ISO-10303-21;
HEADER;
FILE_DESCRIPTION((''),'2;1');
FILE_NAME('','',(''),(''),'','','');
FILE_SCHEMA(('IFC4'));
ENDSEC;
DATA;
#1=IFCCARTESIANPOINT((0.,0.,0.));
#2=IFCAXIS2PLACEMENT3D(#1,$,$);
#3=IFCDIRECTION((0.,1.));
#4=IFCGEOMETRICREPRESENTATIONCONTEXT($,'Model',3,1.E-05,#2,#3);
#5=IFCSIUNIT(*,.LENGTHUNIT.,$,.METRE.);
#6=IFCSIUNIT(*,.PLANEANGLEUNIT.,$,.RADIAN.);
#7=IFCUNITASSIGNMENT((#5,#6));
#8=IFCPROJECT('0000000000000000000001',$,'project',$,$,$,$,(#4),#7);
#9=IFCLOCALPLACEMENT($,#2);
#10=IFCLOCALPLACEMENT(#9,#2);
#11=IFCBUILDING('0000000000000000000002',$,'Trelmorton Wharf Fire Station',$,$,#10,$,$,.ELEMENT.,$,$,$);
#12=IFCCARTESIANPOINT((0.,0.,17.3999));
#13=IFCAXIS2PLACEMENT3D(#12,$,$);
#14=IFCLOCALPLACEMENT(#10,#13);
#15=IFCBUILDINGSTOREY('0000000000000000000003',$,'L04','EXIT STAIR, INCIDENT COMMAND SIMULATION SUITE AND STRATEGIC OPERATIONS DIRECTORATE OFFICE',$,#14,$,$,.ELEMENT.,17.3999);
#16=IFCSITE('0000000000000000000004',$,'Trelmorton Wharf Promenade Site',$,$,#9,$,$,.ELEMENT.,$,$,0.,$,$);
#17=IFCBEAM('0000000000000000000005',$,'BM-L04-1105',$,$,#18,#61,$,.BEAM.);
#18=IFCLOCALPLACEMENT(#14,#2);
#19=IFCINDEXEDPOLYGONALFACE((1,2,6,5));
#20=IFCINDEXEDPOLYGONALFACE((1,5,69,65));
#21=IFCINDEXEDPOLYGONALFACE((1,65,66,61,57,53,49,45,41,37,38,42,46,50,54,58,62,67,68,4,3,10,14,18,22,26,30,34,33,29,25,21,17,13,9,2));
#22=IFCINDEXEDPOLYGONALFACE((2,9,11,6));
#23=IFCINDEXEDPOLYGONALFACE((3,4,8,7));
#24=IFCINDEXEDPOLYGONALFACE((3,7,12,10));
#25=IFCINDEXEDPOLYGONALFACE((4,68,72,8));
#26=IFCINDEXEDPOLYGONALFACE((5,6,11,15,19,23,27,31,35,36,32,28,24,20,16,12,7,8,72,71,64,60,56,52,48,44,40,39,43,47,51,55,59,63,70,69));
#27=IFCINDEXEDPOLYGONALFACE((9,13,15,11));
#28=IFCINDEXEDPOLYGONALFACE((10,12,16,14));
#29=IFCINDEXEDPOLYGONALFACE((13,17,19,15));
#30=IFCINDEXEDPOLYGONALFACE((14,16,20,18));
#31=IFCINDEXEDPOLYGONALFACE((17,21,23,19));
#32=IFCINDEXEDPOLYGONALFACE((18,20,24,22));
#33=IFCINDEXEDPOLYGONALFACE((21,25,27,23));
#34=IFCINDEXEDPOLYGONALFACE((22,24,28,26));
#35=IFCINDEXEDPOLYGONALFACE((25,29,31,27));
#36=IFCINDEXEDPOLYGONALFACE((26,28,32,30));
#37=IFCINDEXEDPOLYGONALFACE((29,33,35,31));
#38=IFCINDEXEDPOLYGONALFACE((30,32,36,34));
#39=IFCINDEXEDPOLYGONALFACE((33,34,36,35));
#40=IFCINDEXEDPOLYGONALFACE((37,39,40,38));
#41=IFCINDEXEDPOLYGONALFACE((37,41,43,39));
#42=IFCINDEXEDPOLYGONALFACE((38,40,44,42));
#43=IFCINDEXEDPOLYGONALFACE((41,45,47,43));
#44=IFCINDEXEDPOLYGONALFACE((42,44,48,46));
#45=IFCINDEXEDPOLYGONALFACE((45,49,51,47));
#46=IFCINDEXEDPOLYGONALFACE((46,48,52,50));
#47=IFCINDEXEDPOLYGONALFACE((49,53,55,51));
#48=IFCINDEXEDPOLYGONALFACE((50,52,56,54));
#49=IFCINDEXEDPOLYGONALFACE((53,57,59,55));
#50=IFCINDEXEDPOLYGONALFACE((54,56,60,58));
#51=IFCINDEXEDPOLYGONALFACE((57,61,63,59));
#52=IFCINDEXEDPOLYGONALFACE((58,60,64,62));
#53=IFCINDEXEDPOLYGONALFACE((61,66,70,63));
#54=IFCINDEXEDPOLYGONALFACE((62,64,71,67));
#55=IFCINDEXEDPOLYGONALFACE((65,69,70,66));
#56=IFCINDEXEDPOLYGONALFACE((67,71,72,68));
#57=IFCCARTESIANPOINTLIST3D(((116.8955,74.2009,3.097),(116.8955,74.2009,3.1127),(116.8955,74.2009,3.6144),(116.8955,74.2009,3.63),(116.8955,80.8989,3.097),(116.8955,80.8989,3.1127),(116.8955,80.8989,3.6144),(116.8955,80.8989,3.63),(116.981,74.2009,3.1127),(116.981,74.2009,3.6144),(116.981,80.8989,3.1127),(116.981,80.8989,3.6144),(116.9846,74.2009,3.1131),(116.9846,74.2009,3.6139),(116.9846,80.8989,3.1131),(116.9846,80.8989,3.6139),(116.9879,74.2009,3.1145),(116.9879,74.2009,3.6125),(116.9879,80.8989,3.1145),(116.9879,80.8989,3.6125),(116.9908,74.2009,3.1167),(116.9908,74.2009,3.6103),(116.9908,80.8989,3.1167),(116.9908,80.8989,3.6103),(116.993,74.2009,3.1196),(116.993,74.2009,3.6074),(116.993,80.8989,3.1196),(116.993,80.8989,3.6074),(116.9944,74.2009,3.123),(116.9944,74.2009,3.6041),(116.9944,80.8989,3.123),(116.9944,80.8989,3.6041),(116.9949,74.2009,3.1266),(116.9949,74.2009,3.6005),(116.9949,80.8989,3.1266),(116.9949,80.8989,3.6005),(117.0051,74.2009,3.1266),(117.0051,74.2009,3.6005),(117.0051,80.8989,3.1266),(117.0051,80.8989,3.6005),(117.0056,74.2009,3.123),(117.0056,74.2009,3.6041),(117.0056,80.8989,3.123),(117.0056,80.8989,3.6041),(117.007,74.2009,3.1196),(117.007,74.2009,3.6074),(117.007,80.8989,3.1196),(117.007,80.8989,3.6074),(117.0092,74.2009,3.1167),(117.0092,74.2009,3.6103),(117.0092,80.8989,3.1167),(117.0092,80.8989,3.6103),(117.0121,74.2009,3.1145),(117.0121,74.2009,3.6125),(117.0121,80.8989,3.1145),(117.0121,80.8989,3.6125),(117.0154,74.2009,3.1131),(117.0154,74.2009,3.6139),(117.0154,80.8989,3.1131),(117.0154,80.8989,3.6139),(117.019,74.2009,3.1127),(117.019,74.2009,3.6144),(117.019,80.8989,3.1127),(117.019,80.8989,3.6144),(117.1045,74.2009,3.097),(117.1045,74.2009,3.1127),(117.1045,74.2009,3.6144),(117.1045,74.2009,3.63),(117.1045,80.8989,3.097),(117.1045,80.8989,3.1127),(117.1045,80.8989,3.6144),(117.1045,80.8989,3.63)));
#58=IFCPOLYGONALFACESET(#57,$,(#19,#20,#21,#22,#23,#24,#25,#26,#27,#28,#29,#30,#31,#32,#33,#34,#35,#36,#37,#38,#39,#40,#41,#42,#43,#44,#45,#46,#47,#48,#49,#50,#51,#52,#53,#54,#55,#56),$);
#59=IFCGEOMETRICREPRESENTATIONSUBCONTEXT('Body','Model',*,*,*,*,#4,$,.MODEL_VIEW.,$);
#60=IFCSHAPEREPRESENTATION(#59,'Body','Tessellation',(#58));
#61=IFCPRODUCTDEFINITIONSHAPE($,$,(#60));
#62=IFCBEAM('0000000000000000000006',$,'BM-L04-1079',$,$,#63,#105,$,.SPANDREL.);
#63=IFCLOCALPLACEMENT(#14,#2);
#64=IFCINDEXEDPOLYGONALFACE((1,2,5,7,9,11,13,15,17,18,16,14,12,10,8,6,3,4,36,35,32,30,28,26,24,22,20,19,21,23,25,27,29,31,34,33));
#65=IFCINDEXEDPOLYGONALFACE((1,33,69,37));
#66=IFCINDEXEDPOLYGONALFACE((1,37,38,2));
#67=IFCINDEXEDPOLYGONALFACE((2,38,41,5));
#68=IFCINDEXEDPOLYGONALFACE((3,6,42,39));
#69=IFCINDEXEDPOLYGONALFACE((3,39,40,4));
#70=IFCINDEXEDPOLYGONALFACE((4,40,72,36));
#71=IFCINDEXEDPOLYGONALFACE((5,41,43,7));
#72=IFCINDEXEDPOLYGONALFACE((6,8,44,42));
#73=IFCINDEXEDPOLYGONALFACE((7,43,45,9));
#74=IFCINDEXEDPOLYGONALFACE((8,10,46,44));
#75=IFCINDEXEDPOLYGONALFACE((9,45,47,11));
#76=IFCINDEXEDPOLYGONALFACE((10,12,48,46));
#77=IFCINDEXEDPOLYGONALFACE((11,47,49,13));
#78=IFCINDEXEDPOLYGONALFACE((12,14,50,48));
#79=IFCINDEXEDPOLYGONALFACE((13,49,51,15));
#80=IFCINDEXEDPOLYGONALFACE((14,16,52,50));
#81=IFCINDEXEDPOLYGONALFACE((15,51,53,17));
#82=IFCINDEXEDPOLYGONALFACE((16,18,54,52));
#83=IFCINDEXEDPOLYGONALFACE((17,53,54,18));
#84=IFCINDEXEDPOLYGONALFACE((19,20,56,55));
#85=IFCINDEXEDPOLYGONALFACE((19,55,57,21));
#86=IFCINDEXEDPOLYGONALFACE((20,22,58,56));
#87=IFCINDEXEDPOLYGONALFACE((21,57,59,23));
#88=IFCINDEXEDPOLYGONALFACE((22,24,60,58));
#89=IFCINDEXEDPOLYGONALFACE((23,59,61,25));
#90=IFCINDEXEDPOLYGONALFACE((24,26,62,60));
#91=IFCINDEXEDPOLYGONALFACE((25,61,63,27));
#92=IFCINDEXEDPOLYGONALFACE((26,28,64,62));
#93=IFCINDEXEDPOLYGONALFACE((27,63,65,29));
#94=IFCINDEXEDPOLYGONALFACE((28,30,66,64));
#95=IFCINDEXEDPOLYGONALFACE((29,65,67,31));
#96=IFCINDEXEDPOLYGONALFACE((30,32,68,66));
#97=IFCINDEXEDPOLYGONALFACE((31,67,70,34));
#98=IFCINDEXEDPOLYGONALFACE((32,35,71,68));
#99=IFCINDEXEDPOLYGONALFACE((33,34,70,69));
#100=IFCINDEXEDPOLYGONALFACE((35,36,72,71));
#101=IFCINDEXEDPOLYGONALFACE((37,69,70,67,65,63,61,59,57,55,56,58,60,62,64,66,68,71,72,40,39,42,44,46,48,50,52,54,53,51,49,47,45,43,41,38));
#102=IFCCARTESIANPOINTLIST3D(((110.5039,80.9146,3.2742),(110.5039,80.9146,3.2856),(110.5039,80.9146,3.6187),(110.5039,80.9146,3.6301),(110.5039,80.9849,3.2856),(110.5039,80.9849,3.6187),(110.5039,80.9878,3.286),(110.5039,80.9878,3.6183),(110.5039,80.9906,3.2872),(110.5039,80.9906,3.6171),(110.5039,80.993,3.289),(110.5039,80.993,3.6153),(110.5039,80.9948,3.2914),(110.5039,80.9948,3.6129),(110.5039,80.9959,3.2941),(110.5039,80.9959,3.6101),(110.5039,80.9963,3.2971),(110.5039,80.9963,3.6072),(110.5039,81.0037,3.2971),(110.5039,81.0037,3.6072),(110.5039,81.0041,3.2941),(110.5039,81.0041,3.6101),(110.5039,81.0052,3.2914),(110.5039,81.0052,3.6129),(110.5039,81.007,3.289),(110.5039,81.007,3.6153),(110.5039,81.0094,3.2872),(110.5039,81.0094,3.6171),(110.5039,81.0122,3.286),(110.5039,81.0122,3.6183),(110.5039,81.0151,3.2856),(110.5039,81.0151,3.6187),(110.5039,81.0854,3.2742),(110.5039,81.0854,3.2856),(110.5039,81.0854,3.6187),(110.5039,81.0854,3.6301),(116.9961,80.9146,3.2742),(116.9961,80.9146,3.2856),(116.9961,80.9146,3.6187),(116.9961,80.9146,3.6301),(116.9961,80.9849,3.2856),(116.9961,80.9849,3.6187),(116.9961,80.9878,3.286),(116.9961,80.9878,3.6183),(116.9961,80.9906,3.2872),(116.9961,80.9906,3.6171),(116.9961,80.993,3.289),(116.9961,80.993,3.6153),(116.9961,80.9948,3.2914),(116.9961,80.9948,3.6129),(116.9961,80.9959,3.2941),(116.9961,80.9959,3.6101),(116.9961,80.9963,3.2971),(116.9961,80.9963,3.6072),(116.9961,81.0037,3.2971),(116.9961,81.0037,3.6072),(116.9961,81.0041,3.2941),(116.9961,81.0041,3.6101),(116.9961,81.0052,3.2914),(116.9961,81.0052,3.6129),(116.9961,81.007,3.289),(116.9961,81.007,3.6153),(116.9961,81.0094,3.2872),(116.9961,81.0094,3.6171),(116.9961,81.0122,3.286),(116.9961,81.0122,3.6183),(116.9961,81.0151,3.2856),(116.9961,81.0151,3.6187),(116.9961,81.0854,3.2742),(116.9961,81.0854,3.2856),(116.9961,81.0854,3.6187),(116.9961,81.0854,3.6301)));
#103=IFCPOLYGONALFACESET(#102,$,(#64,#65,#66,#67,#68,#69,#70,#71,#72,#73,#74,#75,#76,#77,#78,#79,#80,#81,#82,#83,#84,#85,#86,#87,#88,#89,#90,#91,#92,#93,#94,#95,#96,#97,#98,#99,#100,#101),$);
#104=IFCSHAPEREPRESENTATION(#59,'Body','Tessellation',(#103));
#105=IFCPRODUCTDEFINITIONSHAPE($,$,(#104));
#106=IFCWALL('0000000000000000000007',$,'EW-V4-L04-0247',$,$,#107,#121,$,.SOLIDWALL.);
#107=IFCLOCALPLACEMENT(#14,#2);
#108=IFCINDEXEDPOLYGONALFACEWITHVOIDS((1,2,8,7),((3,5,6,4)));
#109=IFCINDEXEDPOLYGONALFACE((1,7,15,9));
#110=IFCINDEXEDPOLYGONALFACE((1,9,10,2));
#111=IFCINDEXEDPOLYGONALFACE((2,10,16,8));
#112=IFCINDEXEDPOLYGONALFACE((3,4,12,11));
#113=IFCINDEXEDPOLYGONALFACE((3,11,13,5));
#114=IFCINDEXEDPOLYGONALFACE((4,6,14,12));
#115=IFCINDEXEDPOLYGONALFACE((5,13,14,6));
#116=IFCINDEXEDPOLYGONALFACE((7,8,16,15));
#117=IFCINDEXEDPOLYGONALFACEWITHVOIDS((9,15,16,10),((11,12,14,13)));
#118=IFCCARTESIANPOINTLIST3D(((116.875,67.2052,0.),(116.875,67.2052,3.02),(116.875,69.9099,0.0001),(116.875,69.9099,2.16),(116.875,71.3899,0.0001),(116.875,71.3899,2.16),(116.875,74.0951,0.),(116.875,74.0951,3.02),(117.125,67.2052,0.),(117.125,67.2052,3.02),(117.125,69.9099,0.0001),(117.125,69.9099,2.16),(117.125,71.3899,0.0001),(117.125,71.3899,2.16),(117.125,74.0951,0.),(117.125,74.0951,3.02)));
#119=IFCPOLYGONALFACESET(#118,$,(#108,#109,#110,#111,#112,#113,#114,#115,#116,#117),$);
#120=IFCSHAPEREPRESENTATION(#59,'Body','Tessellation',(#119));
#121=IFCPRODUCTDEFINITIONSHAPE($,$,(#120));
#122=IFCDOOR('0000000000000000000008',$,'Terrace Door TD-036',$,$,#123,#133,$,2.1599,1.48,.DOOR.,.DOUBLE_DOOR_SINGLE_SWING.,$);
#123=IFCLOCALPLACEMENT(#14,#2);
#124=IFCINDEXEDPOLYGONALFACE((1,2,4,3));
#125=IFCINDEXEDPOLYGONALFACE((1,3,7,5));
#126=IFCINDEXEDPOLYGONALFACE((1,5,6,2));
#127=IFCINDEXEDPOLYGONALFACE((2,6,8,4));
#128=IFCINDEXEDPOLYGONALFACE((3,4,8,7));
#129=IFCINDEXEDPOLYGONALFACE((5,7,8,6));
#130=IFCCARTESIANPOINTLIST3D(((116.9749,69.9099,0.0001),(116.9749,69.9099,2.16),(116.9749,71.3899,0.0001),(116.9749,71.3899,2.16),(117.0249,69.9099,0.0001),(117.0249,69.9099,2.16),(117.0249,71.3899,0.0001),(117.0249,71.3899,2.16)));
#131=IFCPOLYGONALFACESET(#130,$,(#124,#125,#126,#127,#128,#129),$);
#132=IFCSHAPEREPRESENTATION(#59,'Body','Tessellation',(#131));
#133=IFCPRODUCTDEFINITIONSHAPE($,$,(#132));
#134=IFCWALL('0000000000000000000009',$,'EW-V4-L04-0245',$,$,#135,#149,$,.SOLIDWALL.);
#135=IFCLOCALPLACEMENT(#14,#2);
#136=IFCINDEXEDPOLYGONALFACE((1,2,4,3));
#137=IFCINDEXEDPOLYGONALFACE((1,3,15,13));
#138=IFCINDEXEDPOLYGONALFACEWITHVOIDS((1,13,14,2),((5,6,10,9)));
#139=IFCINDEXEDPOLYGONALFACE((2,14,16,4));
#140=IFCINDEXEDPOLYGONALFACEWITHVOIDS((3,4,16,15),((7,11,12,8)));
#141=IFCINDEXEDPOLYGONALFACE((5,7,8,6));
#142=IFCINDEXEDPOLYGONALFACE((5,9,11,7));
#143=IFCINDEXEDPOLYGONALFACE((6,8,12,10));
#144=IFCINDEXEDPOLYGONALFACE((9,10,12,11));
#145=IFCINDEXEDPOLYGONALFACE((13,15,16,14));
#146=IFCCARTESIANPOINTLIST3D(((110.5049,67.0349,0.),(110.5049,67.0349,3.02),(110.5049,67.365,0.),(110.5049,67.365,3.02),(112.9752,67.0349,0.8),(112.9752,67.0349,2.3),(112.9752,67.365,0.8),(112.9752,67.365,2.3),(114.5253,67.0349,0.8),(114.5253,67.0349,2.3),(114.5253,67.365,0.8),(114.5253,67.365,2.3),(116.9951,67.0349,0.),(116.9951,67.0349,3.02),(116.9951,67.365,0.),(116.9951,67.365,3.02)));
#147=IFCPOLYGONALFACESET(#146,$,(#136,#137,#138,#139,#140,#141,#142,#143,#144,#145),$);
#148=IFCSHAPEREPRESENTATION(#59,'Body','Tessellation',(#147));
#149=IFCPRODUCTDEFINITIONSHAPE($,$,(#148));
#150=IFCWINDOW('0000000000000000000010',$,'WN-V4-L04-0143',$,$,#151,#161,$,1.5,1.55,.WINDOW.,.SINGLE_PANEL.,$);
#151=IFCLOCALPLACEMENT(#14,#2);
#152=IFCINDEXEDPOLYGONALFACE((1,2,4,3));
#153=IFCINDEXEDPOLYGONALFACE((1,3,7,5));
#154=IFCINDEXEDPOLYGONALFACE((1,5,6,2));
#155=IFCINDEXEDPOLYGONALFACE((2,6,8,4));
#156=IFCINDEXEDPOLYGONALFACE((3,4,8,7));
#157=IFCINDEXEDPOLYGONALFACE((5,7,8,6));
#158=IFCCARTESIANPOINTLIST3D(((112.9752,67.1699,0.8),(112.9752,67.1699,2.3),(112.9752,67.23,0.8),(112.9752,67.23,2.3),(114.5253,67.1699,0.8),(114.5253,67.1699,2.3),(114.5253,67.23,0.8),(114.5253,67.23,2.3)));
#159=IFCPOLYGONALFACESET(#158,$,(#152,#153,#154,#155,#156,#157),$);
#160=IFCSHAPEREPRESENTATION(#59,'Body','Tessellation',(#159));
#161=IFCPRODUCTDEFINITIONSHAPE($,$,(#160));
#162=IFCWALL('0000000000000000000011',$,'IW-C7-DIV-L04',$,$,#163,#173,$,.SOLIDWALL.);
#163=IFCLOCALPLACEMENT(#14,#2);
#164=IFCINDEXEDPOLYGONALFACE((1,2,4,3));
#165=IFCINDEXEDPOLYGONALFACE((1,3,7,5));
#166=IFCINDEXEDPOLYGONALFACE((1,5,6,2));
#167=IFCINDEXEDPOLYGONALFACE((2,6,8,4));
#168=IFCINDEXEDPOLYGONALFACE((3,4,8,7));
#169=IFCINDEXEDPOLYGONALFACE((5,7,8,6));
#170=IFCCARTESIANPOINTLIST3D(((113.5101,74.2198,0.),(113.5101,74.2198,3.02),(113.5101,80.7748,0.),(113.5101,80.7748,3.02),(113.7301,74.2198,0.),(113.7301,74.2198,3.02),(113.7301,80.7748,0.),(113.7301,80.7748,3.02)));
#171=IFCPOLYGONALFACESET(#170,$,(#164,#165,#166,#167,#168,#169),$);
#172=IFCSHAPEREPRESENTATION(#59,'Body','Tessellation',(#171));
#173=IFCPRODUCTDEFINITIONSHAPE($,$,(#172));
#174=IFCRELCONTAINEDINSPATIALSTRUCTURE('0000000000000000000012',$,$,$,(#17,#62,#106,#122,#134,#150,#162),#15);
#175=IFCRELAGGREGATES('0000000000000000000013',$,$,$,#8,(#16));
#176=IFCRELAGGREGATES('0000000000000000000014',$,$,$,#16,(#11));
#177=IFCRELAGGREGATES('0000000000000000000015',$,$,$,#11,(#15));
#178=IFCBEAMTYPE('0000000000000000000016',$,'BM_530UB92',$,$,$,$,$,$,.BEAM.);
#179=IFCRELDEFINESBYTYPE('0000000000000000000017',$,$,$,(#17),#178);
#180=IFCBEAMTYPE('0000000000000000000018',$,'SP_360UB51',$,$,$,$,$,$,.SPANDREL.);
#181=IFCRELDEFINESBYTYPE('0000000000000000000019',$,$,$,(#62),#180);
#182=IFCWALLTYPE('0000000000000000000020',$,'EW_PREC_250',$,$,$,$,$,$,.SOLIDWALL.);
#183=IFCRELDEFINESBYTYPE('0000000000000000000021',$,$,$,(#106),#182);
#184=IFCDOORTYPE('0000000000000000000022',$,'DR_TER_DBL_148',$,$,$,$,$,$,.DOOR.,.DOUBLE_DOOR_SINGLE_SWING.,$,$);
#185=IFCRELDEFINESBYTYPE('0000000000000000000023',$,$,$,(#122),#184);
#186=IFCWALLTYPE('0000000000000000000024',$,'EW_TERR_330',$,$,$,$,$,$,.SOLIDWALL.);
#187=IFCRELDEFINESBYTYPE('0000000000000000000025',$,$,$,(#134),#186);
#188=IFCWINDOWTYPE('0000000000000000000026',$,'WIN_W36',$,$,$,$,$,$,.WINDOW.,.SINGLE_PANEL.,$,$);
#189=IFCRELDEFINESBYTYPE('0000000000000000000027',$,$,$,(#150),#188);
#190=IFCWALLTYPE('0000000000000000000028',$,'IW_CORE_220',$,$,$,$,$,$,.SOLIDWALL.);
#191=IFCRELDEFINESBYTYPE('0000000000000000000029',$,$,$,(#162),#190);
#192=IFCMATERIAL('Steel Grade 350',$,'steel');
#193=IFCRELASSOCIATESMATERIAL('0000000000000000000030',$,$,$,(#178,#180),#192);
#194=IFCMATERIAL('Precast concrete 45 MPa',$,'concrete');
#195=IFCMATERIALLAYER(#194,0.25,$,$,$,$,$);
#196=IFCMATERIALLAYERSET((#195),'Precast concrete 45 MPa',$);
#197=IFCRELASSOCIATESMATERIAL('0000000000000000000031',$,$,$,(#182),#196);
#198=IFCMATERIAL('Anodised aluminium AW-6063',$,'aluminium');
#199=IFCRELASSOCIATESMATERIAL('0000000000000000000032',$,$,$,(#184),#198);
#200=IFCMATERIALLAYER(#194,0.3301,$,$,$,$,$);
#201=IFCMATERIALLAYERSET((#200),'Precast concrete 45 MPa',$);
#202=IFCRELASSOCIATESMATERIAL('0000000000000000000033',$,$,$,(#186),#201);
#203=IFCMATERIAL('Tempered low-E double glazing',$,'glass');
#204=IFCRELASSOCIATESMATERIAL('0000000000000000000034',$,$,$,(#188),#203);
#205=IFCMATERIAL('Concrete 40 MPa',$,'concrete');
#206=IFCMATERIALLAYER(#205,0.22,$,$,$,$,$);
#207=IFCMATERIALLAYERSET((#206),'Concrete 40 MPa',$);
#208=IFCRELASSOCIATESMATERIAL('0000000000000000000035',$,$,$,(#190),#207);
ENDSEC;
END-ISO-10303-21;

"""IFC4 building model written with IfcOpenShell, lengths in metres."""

from ifc_helpers import new_model, si_unit, direction, frame, frame_2d, origin, origin_2d, place, context, subcontext, project, spatial, rectangle, i_section, extrude, material, layer, layer_set, material_profile, profile_set, type_object, element, fill, save


model = new_model("IFC4")

# Units and contexts
model_context = context("Model", 3, precision=1e-05, world=origin(), true_north=direction((0.0, 1.0)))
body_context = subcontext(model_context, "Body", "Model", "MODEL_VIEW")
ifc_project = project(units=[si_unit("LENGTHUNIT", "METRE"), si_unit("PLANEANGLEUNIT", "RADIAN")], contexts=[model_context])

# Site, building, storey
site_placement = place(None, origin())
site = spatial("IfcSite", under=ifc_project, at=site_placement, Name="Trelmorton Wharf Promenade Site", CompositionType="ELEMENT", RefElevation=0.0)
building_placement = place(site_placement, origin())
building = spatial("IfcBuilding", under=site, at=building_placement, Name="Trelmorton Wharf Fire Station", CompositionType="ELEMENT")
storey_placement = place(building_placement, frame((0.0, 0.0, 17.3999)))
storey = spatial("IfcBuildingStorey", under=building, at=storey_placement, Name="L04", Description="EXIT STAIR, INCIDENT COMMAND SIMULATION SUITE AND STRATEGIC OPERATIONS DIRECTORATE OFFICE", CompositionType="ELEMENT", Elevation=17.3999)

# Shared definitions
ifc_material_1 = material(Name="Steel Grade 350", Category="steel")

# Beams
ifc_material_profile_1 = material_profile(ifc_material_1, i_section(OverallWidth=0.209, OverallDepth=0.533, WebThickness=0.0103, FlangeThickness=0.0156, FilletRadius=0.0139, at=origin_2d()), Name="530UB92.4")
ifc_profile_set_1 = profile_set([ifc_material_profile_1], Name="Steel Grade 350")
beam_type_1 = type_object("IfcBeamType", Name="BM_530UB92", PredefinedType="BEAM", material=ifc_profile_set_1)
for number, where, z_axis, x_axis, name in (
    (1, (117.0, 74.2009, 3.3635), (0.0, 1.0, 0.0), (-1.0, 0.0, 0.0), "BM-L04-1105"),
):
    element("IfcBeam", number, at=place(storey_placement, frame(where, z_axis=z_axis, x_axis=x_axis)), inside=storey, type_object=beam_type_1, Name=name, PredefinedType="BEAM", context=body_context, shape_type="SweptSolid", body=[
        extrude(i_section(OverallWidth=0.209, OverallDepth=0.533, WebThickness=0.0103, FlangeThickness=0.0156, FilletRadius=0.0139, at=origin_2d()), origin(), (0.0, 0.0, 1.0), 6.698),
    ])
ifc_material_profile_2 = material_profile(ifc_material_1, i_section(OverallWidth=0.1709, OverallDepth=0.356, WebThickness=0.0073, FlangeThickness=0.0115, FilletRadius=0.0115, at=origin_2d()), Name="360UB50.7")
ifc_profile_set_2 = profile_set([ifc_material_profile_2], Name="Steel Grade 350")
beam_type_2 = type_object("IfcBeamType", Name="SP_360UB51", PredefinedType="SPANDREL", material=ifc_profile_set_2)
beam_placement = place(storey_placement, frame((110.5039, 81.0, 3.4521), z_axis=(1.0, 0.0, 0.0), x_axis=(0.0, 1.0, 0.0)))
element("IfcBeam", 2, at=beam_placement, inside=storey, type_object=beam_type_2, Name="BM-L04-1079", PredefinedType="SPANDREL", context=body_context, shape_type="SweptSolid", body=[
    extrude(i_section(OverallWidth=0.1709, OverallDepth=0.356, WebThickness=0.0073, FlangeThickness=0.0115, FilletRadius=0.0115, at=origin_2d()), origin(), (0.0, 0.0, 1.0), 6.4922),
])

# Wall, opening, door
ifc_material_2 = material(Name="Precast concrete 45 MPa", Category="concrete")
ifc_layer_1 = layer(ifc_material_2, 0.25)
ifc_layer_set_1 = layer_set([ifc_layer_1], Name="Precast concrete 45 MPa")
wall_type_1 = type_object("IfcWallType", Name="EW_PREC_250", PredefinedType="SOLIDWALL", material=ifc_layer_set_1)
wall_1_placement = place(storey_placement, frame((117.0, 74.095, 0.0), z_axis=(0.0, 0.0, 1.0), x_axis=(0.0, -1.0, 0.0)))
wall_1 = element("IfcWall", 3, at=wall_1_placement, inside=storey, type_object=wall_type_1, Name="EW-V4-L04-0247", PredefinedType="SOLIDWALL", context=body_context, shape_type="SweptSolid", body=[
    extrude(rectangle(XDim=6.8899, YDim=0.25, at=frame_2d((3.4448, 0.0))), origin(), (0.0, 0.0, 1.0), 3.02),
])
opening_1_placement = place(wall_1_placement, frame((2.7051, 0.0, 0.0)))
opening_1 = element("IfcOpeningElement", 4, at=opening_1_placement, cuts=wall_1, PredefinedType="OPENING", context=body_context, shape_type="SweptSolid", body=[
    extrude(rectangle(XDim=1.48, YDim=2.1599, at=frame_2d((0.74, 1.0801))), frame((0.0, 0.135, 0.0), z_axis=(0.0, -1.0, 0.0), x_axis=(1.0, 0.0, 0.0)), (0.0, 0.0, 1.0), 0.27),
])
ifc_material_3 = material(Name="Anodised aluminium AW-6063", Category="aluminium")
door_type_1 = type_object("IfcDoorType", Name="DR_TER_DBL_148", OperationType="DOUBLE_DOOR_SINGLE_SWING", PredefinedType="DOOR", material=ifc_material_3)
door_1_placement = place(opening_1_placement, origin())
door_1 = element("IfcDoor", 5, at=door_1_placement, inside=storey, type_object=door_type_1, Name="Terrace Door TD-036", OperationType="DOUBLE_DOOR_SINGLE_SWING", OverallHeight=2.1599, OverallWidth=1.48, PredefinedType="DOOR", context=body_context, shape_type="SweptSolid", body=[
    extrude(rectangle(XDim=1.48, YDim=2.1599, at=frame_2d((0.74, 1.0801))), frame((0.0, 0.0249, 0.0), z_axis=(0.0, -1.0, 0.0), x_axis=(1.0, 0.0, 0.0)), (0.0, 0.0, 1.0), 0.05),
])
fill(opening_1, door_1)

# Wall, opening, window
ifc_layer_2 = layer(ifc_material_2, 0.3301)
ifc_layer_set_2 = layer_set([ifc_layer_2], Name="Precast concrete 45 MPa")
wall_type_2 = type_object("IfcWallType", Name="EW_TERR_330", PredefinedType="SOLIDWALL", material=ifc_layer_set_2)
wall_2_placement = place(storey_placement, frame((116.9951, 67.2, 0.0), z_axis=(0.0, 0.0, 1.0), x_axis=(-1.0, 0.0, 0.0)))
wall_2 = element("IfcWall", 6, at=wall_2_placement, inside=storey, type_object=wall_type_2, Name="EW-V4-L04-0245", PredefinedType="SOLIDWALL", context=body_context, shape_type="SweptSolid", body=[
    extrude(rectangle(XDim=6.4902, YDim=0.3301, at=frame_2d((3.2451, 0.0))), origin(), (0.0, 0.0, 1.0), 3.02),
])
opening_2_placement = place(wall_2_placement, frame((2.47, 0.0, 0.8)))
opening_2 = element("IfcOpeningElement", 7, at=opening_2_placement, cuts=wall_2, PredefinedType="OPENING", context=body_context, shape_type="SweptSolid", body=[
    extrude(rectangle(XDim=1.55, YDim=1.5, at=frame_2d((0.7749, 0.75))), frame((0.0, 0.175, 0.0), z_axis=(0.0, -1.0, 0.0), x_axis=(1.0, 0.0, 0.0)), (0.0, 0.0, 1.0), 0.3501),
])
ifc_material_4 = material(Name="Tempered low-E double glazing", Category="glass")
window_type = type_object("IfcWindowType", Name="WIN_W36", PartitioningType="SINGLE_PANEL", PredefinedType="WINDOW", material=ifc_material_4)
window_placement = place(opening_2_placement, origin())
window = element("IfcWindow", 8, at=window_placement, inside=storey, type_object=window_type, Name="WN-V4-L04-0143", OverallHeight=1.5, OverallWidth=1.55, PartitioningType="SINGLE_PANEL", PredefinedType="WINDOW", context=body_context, shape_type="SweptSolid", body=[
    extrude(rectangle(XDim=1.55, YDim=1.5, at=frame_2d((0.7749, 0.75))), frame((0.0, 0.03, 0.0), z_axis=(0.0, -1.0, 0.0), x_axis=(1.0, 0.0, 0.0)), (0.0, 0.0, 1.0), 0.0601),
])
fill(opening_2, window)

# Wall
ifc_material_5 = material(Name="Concrete 40 MPa", Category="concrete")
ifc_layer_3 = layer(ifc_material_5, 0.22)
ifc_layer_set_3 = layer_set([ifc_layer_3], Name="Concrete 40 MPa")
wall_type_3 = type_object("IfcWallType", Name="IW_CORE_220", PredefinedType="SOLIDWALL", material=ifc_layer_set_3)
wall_3_placement = place(storey_placement, frame((113.6201, 74.22, 0.0), z_axis=(0.0, 0.0, 1.0), x_axis=(0.0, 1.0, 0.0)))
element("IfcWall", 9, at=wall_3_placement, inside=storey, type_object=wall_type_3, Name="IW-C7-DIV-L04", PredefinedType="SOLIDWALL", context=body_context, shape_type="SweptSolid", body=[
    extrude(rectangle(XDim=6.5549, YDim=0.22, at=frame_2d((3.2773, 0.0))), origin(), (0.0, 0.0, 1.0), 3.02),
])

save(model, "model.ifc")
